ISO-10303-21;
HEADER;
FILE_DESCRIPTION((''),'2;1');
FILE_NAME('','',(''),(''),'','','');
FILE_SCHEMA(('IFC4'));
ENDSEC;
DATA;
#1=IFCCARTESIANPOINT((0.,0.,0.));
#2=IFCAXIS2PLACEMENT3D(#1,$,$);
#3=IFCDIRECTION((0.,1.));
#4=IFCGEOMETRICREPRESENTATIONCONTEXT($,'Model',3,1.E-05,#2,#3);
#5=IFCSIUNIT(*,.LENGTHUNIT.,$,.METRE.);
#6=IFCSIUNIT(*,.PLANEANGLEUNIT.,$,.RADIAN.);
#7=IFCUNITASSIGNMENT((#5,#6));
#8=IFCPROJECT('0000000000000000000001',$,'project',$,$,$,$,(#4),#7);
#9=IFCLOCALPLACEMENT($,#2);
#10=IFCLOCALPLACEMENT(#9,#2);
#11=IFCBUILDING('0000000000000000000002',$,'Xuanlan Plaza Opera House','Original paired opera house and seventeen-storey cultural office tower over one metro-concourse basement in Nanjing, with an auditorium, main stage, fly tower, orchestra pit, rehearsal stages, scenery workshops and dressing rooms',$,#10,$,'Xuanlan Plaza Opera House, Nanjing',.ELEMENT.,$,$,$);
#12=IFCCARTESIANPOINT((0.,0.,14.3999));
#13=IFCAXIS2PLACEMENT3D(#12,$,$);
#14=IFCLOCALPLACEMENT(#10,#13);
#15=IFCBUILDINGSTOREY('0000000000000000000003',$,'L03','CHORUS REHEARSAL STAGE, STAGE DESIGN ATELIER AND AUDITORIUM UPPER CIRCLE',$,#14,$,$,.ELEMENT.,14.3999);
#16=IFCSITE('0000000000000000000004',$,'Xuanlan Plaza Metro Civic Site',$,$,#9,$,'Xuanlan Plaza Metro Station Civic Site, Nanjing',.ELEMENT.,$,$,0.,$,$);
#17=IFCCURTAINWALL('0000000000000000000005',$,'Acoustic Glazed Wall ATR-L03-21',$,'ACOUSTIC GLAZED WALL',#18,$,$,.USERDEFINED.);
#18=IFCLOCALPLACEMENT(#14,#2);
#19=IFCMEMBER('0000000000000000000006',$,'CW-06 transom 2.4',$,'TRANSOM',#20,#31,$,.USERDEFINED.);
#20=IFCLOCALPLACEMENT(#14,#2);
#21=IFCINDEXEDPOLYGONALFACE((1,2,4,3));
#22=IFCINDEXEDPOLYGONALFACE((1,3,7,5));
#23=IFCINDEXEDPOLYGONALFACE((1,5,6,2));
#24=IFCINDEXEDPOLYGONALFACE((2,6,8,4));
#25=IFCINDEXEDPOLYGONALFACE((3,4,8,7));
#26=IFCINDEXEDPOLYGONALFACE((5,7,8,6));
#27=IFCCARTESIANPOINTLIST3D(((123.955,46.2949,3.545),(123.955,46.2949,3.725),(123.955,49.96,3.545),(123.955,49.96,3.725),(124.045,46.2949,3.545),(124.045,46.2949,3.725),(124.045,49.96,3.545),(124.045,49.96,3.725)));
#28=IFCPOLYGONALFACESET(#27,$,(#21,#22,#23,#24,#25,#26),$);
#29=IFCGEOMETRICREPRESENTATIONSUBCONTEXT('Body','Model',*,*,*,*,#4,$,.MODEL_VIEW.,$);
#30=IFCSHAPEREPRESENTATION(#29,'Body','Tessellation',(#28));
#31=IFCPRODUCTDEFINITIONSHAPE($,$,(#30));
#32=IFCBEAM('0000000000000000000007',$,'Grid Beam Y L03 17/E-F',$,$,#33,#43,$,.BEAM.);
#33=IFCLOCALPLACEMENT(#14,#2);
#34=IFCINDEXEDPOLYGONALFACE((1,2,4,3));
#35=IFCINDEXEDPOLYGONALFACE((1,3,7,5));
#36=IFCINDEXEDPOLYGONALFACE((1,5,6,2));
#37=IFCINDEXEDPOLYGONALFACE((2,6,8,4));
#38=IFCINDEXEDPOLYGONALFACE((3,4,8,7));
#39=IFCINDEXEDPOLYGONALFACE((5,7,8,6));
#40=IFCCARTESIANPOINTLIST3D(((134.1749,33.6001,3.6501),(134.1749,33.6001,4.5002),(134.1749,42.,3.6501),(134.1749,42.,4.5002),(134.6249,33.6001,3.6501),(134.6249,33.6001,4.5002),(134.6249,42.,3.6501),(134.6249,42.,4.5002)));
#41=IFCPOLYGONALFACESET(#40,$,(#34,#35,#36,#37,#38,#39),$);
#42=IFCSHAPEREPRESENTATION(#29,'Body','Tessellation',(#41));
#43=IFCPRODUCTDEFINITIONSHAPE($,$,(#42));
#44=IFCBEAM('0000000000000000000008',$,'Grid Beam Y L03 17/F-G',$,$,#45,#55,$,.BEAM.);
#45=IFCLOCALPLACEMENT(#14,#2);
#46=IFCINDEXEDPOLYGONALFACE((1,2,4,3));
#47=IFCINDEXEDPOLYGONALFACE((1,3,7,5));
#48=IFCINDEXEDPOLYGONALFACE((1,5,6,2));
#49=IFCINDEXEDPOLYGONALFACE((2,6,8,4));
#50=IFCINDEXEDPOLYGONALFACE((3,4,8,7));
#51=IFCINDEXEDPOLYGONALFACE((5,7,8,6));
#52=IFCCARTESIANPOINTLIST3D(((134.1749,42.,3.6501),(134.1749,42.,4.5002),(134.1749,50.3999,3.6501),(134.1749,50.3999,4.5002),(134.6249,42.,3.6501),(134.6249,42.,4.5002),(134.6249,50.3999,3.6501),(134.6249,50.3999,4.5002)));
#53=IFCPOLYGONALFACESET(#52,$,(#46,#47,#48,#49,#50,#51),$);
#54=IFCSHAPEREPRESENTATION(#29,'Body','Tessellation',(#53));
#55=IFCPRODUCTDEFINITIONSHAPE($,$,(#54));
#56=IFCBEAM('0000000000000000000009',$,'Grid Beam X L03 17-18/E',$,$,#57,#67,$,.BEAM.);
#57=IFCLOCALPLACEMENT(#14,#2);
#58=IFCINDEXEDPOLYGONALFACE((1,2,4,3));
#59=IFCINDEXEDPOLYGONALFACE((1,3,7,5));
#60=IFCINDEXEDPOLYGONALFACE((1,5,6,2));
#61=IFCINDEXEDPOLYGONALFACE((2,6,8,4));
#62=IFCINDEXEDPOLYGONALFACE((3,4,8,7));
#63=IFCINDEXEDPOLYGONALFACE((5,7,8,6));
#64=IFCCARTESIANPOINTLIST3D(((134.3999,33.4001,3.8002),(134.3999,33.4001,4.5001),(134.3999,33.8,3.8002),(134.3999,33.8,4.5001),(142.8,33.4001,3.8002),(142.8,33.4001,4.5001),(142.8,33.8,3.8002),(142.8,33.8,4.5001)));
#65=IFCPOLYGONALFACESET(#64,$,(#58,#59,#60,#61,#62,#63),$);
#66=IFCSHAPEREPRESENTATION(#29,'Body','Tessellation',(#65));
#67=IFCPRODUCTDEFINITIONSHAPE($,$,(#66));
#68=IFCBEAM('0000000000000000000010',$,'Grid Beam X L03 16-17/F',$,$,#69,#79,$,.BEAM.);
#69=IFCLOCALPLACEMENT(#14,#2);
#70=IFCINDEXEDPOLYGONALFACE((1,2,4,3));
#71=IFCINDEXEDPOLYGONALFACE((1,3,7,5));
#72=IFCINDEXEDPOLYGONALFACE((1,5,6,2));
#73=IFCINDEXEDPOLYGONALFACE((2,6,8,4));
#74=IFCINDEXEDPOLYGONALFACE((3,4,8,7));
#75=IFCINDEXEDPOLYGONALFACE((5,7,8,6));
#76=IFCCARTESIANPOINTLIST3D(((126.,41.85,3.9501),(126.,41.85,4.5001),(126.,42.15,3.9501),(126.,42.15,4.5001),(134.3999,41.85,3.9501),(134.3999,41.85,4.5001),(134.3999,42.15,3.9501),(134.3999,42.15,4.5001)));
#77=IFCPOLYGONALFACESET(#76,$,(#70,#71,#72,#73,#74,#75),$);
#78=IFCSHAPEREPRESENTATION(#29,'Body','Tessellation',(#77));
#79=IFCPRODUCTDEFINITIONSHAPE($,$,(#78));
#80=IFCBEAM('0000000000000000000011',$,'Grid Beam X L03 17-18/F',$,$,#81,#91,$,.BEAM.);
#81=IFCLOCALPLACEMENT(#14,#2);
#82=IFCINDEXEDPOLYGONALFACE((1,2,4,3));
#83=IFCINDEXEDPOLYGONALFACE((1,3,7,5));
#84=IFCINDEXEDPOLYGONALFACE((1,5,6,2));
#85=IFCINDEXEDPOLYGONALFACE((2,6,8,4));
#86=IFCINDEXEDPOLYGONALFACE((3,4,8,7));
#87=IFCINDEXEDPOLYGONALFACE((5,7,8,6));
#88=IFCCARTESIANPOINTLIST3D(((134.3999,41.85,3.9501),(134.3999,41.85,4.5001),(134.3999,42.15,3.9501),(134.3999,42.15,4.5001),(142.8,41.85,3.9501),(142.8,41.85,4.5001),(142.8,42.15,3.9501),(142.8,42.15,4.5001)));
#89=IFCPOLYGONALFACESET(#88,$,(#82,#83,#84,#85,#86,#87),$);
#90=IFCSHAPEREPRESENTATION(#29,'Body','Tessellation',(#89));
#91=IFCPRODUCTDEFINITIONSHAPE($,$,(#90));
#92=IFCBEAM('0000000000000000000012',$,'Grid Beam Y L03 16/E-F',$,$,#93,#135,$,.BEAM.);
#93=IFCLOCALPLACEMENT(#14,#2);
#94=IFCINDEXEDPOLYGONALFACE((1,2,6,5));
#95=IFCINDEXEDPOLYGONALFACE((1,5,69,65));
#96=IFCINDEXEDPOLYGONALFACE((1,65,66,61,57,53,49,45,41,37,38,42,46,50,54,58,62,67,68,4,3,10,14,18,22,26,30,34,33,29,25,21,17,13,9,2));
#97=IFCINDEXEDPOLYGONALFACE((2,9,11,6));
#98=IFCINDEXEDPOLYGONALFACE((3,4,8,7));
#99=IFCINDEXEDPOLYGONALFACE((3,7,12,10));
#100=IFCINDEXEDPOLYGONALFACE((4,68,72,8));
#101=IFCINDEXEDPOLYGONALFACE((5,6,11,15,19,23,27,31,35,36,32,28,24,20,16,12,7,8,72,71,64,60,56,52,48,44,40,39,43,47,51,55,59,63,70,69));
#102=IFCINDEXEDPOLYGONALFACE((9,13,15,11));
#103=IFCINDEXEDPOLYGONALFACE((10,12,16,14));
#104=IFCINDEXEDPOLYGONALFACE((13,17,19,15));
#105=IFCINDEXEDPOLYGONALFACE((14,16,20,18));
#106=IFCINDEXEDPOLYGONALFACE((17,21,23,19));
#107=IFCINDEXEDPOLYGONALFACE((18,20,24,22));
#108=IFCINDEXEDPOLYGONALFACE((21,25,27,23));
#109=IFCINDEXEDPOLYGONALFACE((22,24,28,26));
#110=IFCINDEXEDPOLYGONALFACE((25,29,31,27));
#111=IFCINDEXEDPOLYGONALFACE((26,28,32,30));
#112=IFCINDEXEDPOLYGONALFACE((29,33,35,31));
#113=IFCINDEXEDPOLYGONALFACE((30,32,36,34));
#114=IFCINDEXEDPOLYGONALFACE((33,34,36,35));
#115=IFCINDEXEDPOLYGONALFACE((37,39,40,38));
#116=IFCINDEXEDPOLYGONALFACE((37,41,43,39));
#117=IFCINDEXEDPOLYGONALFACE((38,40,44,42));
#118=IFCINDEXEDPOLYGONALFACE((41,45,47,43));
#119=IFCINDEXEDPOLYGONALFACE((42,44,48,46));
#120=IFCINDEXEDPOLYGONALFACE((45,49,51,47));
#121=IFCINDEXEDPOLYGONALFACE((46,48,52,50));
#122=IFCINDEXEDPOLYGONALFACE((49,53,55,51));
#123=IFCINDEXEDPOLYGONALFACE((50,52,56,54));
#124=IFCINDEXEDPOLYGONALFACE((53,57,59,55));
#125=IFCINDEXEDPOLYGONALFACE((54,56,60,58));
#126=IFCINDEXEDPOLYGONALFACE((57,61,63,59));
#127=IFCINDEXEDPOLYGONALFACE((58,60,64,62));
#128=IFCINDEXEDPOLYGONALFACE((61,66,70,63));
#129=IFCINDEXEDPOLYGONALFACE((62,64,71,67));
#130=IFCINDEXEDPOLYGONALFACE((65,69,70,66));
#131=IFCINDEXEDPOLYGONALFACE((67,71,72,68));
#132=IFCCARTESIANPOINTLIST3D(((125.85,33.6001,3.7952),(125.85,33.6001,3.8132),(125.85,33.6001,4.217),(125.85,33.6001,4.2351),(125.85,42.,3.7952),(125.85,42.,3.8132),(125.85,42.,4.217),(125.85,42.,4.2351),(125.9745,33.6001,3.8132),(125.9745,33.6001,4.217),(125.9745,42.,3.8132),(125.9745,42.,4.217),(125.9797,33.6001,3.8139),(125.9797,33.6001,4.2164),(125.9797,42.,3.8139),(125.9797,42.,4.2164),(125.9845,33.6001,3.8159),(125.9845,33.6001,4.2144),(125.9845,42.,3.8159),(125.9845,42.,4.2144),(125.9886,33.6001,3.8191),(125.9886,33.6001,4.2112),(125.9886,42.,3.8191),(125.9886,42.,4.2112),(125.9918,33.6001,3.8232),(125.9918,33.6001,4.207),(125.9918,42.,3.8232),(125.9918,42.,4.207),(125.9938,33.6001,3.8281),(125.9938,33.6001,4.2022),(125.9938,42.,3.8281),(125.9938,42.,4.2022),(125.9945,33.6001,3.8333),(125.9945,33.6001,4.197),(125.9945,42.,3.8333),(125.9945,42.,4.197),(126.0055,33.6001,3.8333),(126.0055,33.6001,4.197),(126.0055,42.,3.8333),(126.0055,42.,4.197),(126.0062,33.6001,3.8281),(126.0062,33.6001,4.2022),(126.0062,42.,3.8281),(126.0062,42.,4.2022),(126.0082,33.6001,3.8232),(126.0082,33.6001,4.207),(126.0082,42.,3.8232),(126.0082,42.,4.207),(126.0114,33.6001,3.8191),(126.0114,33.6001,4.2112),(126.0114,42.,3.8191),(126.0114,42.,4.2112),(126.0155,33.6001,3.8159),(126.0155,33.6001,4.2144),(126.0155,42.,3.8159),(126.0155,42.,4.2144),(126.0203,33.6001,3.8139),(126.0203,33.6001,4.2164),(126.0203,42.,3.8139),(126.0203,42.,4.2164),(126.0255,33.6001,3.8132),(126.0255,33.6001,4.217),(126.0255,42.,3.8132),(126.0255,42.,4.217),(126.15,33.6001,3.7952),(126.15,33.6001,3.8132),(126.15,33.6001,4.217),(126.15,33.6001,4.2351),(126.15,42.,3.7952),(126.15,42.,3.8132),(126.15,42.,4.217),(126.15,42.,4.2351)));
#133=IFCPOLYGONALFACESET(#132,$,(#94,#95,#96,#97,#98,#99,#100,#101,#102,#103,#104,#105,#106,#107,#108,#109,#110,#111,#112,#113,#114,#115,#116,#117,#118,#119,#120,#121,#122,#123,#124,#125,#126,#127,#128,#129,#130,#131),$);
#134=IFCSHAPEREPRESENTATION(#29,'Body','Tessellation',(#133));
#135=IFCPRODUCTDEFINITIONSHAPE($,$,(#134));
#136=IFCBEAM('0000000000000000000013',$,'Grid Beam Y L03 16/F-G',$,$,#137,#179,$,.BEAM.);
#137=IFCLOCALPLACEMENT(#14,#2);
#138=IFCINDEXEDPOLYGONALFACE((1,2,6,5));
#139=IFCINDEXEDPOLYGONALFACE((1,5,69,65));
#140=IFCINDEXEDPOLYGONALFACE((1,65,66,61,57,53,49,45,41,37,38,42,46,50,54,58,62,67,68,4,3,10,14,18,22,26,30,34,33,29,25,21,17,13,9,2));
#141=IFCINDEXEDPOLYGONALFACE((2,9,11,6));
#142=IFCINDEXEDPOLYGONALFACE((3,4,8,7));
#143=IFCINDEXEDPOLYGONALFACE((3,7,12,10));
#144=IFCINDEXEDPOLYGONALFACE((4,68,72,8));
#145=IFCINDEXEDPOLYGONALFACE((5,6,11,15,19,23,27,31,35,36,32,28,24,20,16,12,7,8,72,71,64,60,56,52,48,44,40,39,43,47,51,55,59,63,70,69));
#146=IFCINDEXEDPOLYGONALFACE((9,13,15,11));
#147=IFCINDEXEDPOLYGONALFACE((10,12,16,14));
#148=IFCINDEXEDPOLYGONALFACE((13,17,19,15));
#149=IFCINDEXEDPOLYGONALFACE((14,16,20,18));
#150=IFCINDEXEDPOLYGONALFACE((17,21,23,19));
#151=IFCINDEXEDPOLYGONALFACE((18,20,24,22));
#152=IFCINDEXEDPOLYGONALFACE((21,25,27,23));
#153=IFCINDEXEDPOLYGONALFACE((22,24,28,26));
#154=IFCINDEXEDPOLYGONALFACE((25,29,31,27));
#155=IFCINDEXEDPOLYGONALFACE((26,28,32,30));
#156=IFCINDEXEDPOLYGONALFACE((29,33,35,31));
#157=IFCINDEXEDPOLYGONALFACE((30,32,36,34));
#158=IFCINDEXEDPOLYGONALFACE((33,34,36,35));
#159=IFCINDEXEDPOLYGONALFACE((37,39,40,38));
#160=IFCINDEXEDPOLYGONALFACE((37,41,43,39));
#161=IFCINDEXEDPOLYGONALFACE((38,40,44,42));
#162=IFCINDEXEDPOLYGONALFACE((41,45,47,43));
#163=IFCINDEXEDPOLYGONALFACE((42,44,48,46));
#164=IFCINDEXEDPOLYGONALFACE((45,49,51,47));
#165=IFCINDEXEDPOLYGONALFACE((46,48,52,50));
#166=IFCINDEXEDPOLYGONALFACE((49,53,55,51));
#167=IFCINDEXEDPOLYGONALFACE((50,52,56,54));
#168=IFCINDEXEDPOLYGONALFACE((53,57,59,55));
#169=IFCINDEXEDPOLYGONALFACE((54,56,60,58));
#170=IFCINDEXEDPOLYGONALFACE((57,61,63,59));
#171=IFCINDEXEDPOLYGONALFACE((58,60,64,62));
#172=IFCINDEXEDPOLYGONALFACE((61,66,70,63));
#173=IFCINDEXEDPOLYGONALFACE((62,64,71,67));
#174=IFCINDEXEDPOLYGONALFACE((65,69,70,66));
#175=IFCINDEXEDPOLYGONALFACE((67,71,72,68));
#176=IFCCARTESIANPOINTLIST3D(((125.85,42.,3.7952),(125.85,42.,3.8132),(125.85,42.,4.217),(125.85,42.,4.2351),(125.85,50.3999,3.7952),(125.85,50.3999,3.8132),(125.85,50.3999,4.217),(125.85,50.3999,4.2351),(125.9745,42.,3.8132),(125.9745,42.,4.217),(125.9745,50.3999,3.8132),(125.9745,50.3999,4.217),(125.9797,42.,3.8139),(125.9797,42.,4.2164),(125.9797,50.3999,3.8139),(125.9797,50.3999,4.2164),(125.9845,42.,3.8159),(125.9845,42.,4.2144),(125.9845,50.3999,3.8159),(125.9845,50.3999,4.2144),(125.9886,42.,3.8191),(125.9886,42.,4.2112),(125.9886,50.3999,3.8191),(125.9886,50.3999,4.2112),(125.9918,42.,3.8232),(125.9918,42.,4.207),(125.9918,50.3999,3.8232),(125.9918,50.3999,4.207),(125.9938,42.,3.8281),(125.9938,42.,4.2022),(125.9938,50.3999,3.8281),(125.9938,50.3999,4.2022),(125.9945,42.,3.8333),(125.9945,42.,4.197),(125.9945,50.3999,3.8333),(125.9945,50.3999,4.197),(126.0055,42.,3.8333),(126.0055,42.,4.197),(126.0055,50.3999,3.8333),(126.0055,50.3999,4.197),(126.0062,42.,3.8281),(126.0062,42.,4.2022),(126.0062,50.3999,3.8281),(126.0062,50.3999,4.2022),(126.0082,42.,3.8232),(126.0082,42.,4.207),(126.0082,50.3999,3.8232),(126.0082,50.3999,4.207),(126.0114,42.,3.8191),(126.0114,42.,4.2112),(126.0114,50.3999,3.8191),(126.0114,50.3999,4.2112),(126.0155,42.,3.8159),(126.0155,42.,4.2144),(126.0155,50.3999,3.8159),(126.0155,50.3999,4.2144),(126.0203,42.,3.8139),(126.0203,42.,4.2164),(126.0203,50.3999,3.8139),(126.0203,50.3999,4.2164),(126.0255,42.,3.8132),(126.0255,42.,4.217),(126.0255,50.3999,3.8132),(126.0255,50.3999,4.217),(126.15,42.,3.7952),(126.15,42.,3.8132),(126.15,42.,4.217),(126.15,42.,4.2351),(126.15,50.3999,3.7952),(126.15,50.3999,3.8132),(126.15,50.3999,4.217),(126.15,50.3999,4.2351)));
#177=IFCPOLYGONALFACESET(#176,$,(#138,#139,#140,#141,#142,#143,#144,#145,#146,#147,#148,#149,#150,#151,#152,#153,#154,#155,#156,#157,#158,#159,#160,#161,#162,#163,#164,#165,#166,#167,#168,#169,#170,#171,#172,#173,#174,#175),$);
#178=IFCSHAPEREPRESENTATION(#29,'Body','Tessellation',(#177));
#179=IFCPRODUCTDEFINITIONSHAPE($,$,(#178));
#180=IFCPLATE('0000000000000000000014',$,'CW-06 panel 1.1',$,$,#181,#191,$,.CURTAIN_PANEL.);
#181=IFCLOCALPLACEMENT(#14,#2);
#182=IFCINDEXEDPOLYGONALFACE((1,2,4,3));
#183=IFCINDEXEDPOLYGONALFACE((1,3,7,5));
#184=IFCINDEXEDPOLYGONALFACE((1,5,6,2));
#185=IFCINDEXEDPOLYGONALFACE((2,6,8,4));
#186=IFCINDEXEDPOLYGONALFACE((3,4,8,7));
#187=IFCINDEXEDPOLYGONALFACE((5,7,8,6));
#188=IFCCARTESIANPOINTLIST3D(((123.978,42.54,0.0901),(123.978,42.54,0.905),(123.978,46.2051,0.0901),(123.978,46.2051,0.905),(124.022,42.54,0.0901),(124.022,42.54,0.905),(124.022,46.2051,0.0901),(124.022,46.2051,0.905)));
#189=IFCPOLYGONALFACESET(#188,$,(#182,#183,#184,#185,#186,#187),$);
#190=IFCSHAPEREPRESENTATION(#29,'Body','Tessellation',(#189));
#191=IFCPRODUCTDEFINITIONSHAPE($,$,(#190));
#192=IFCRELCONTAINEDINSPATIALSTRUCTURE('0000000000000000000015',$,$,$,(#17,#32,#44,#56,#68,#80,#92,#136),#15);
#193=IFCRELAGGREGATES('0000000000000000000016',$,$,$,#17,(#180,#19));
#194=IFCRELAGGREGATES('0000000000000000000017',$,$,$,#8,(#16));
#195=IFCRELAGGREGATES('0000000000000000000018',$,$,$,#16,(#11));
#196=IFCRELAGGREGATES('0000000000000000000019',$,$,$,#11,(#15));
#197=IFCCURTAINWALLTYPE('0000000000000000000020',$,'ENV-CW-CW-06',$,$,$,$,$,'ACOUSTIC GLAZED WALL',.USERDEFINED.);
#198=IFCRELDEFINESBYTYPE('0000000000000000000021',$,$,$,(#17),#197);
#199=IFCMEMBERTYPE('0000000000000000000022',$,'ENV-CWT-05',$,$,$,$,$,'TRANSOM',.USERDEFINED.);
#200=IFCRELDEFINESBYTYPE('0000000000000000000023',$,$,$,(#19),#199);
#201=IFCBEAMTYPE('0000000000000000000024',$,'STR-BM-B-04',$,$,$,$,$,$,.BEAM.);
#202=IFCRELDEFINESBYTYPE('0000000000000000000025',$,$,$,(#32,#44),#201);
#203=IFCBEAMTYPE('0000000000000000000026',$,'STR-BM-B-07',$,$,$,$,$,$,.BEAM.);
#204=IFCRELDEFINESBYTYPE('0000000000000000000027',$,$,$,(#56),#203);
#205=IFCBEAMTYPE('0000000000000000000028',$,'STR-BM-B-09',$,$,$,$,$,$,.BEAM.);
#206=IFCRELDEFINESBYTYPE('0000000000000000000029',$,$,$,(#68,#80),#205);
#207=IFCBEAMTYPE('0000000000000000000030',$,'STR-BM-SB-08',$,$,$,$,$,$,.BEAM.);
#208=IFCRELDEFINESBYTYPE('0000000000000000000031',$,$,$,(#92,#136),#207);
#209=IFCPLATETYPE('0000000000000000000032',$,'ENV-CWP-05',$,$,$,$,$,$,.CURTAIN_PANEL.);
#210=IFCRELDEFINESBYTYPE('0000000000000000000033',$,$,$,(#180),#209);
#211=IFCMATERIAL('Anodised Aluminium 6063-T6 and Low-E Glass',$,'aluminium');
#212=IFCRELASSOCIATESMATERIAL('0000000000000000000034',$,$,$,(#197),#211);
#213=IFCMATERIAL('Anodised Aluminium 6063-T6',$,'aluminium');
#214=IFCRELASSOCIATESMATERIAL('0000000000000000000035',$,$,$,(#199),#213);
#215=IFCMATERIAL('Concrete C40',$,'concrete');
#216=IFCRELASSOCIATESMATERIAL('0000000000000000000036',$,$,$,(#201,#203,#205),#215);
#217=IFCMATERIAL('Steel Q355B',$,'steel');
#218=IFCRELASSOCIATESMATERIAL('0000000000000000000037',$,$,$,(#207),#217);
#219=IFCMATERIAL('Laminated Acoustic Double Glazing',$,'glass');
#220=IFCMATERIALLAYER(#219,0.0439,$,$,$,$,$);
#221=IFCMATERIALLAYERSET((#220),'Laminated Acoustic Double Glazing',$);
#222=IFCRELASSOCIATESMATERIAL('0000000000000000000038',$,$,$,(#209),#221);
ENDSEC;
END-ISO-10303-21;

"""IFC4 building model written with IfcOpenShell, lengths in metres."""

from ifc_helpers import new_model, si_unit, direction, frame, origin, origin_2d, place, context, subcontext, project, spatial, rectangle, i_section, extrude, material, layer, layer_set, material_profile, profile_set, type_object, element, aggregate, save


model = new_model("IFC4")

# Units and contexts
model_context = context("Model", 3, precision=1e-05, world=origin(), true_north=direction((0.0, 1.0)))
body_context = subcontext(model_context, "Body", "Model", "MODEL_VIEW")
ifc_project = project(units=[si_unit("LENGTHUNIT", "METRE"), si_unit("PLANEANGLEUNIT", "RADIAN")], contexts=[model_context])

# Site, building, storey
site_placement = place(None, origin())
site = spatial("IfcSite", under=ifc_project, at=site_placement, Name="Xuanlan Plaza Metro Civic Site", LongName="Xuanlan Plaza Metro Station Civic Site, Nanjing", CompositionType="ELEMENT", RefElevation=0.0)
building_placement = place(site_placement, origin())
building = spatial("IfcBuilding", under=site, at=building_placement, Name="Xuanlan Plaza Opera House", Description="Original paired opera house and seventeen-storey cultural office tower over one metro-concourse basement in Nanjing, with an auditorium, main stage, fly tower, orchestra pit, rehearsal stages, scenery workshops and dressing rooms", LongName="Xuanlan Plaza Opera House, Nanjing", CompositionType="ELEMENT")
storey_placement = place(building_placement, frame((0.0, 0.0, 14.3999)))
storey = spatial("IfcBuildingStorey", under=building, at=storey_placement, Name="L03", Description="CHORUS REHEARSAL STAGE, STAGE DESIGN ATELIER AND AUDITORIUM UPPER CIRCLE", CompositionType="ELEMENT", Elevation=14.3999)

# Shared definitions
ifc_material_1 = material(Name="Steel Q355B", Category="steel")

# Curtain wall, member
ifc_material_2 = material(Name="Anodised Aluminium 6063-T6 and Low-E Glass", Category="aluminium")
curtain_wall_type = type_object("IfcCurtainWallType", Name="ENV-CW-CW-06", ElementType="ACOUSTIC GLAZED WALL", PredefinedType="USERDEFINED", material=ifc_material_2)
curtain_wall_placement = place(storey_placement, origin())
curtain_wall = element("IfcCurtainWall", 1, at=curtain_wall_placement, inside=storey, type_object=curtain_wall_type, Name="Acoustic Glazed Wall ATR-L03-21", ObjectType="ACOUSTIC GLAZED WALL", PredefinedType="USERDEFINED")
ifc_material_3 = material(Name="Anodised Aluminium 6063-T6", Category="aluminium")
ifc_material_profile_1 = material_profile(ifc_material_3, rectangle(XDim=0.0901, YDim=0.1799, at=origin_2d()), Name="ALU-T 90x180")
ifc_profile_set_1 = profile_set([ifc_material_profile_1], Name="Anodised Aluminium 6063-T6")
member_type_1 = type_object("IfcMemberType", Name="ENV-CWT-05", ElementType="TRANSOM", PredefinedType="USERDEFINED", material=ifc_profile_set_1)
member_1_placement = place(storey_placement, frame((124.0, 46.2949, 3.635), z_axis=(0.0, 1.0, 0.0), x_axis=(-1.0, 0.0, 0.0)))
member_1 = element("IfcMember", 2, at=member_1_placement, type_object=member_type_1, Name="CW-06 transom 2.4", ObjectType="TRANSOM", PredefinedType="USERDEFINED", context=body_context, shape_type="SweptSolid", body=[
    extrude(rectangle(XDim=0.0901, YDim=0.1799, at=origin_2d()), origin(), (0.0, 0.0, 1.0), 3.665),
])

# Beams
ifc_material_4 = material(Name="Concrete C40", Category="concrete")
ifc_material_profile_2 = material_profile(ifc_material_4, rectangle(XDim=0.45, YDim=0.8501, at=origin_2d()), Name="RC-BM 450x850")
ifc_profile_set_2 = profile_set([ifc_material_profile_2], Name="Concrete C40")
beam_type_1 = type_object("IfcBeamType", Name="STR-BM-B-04", PredefinedType="BEAM", material=ifc_profile_set_2)
for number, where, z_axis, x_axis, name in (
    (3, (134.3999, 33.6001, 4.0752), (0.0, 1.0, 0.0), (-1.0, 0.0, 0.0), "Grid Beam Y L03 17/E-F"),
    (4, (134.3999, 42.0, 4.0752), (0.0, 1.0, 0.0), (-1.0, 0.0, 0.0), "Grid Beam Y L03 17/F-G"),
):
    element("IfcBeam", number, at=place(storey_placement, frame(where, z_axis=z_axis, x_axis=x_axis)), inside=storey, type_object=beam_type_1, Name=name, PredefinedType="BEAM", context=body_context, shape_type="SweptSolid", body=[
        extrude(rectangle(XDim=0.45, YDim=0.8501, at=origin_2d()), origin(), (0.0, 0.0, 1.0), 8.3999),
    ])
ifc_material_profile_3 = material_profile(ifc_material_4, rectangle(XDim=0.3999, YDim=0.7, at=origin_2d()), Name="RC-BM 400x700")
ifc_profile_set_3 = profile_set([ifc_material_profile_3], Name="Concrete C40")
beam_type_2 = type_object("IfcBeamType", Name="STR-BM-B-07", PredefinedType="BEAM", material=ifc_profile_set_3)
beam_1_placement = place(storey_placement, frame((134.3999, 33.6001, 4.1501), z_axis=(1.0, 0.0, 0.0), x_axis=(0.0, 1.0, 0.0)))
element("IfcBeam", 5, at=beam_1_placement, inside=storey, type_object=beam_type_2, Name="Grid Beam X L03 17-18/E", PredefinedType="BEAM", context=body_context, shape_type="SweptSolid", body=[
    extrude(rectangle(XDim=0.3999, YDim=0.7, at=origin_2d()), origin(), (0.0, 0.0, 1.0), 8.4001),
])
ifc_material_profile_4 = material_profile(ifc_material_4, rectangle(XDim=0.3, YDim=0.55, at=origin_2d()), Name="RC-BM 300x550")
ifc_profile_set_4 = profile_set([ifc_material_profile_4], Name="Concrete C40")
beam_type_3 = type_object("IfcBeamType", Name="STR-BM-B-09", PredefinedType="BEAM", material=ifc_profile_set_4)
beam_2_placement = place(storey_placement, frame((126.0, 42.0, 4.2251), z_axis=(1.0, 0.0, 0.0), x_axis=(0.0, 1.0, 0.0)))
element("IfcBeam", 6, at=beam_2_placement, inside=storey, type_object=beam_type_3, Name="Grid Beam X L03 16-17/F", PredefinedType="BEAM", context=body_context, shape_type="SweptSolid", body=[
    extrude(rectangle(XDim=0.3, YDim=0.55, at=origin_2d()), origin(), (0.0, 0.0, 1.0), 8.3999),
])
beam_3_placement = place(storey_placement, frame((134.3999, 42.0, 4.2251), z_axis=(1.0, 0.0, 0.0), x_axis=(0.0, 1.0, 0.0)))
element("IfcBeam", 7, at=beam_3_placement, inside=storey, type_object=beam_type_3, Name="Grid Beam X L03 17-18/F", PredefinedType="BEAM", context=body_context, shape_type="SweptSolid", body=[
    extrude(rectangle(XDim=0.3, YDim=0.55, at=origin_2d()), origin(), (0.0, 0.0, 1.0), 8.4001),
])
ifc_material_profile_5 = material_profile(ifc_material_1, i_section(OverallWidth=0.3, OverallDepth=0.4399, WebThickness=0.011, FlangeThickness=0.0181, FilletRadius=0.02, at=origin_2d()), Name="HM 440x300x11x18")
ifc_profile_set_5 = profile_set([ifc_material_profile_5], Name="Steel Q355B")
beam_type_4 = type_object("IfcBeamType", Name="STR-BM-SB-08", PredefinedType="BEAM", material=ifc_profile_set_5)
for number, where, z_axis, x_axis, name in (
    (8, (126.0, 33.6001, 4.0151), (0.0, 1.0, 0.0), (-1.0, 0.0, 0.0), "Grid Beam Y L03 16/E-F"),
    (9, (126.0, 42.0, 4.0151), (0.0, 1.0, 0.0), (-1.0, 0.0, 0.0), "Grid Beam Y L03 16/F-G"),
):
    element("IfcBeam", number, at=place(storey_placement, frame(where, z_axis=z_axis, x_axis=x_axis)), inside=storey, type_object=beam_type_4, Name=name, PredefinedType="BEAM", context=body_context, shape_type="SweptSolid", body=[
        extrude(i_section(OverallWidth=0.3, OverallDepth=0.4399, WebThickness=0.011, FlangeThickness=0.0181, FilletRadius=0.02, at=origin_2d()), origin(), (0.0, 0.0, 1.0), 8.3999),
    ])

# Plate
ifc_material_5 = material(Name="Laminated Acoustic Double Glazing", Category="glass")
ifc_layer_1 = layer(ifc_material_5, 0.0439)
ifc_layer_set_1 = layer_set([ifc_layer_1], Name="Laminated Acoustic Double Glazing")
plate_type = type_object("IfcPlateType", Name="ENV-CWP-05", PredefinedType="CURTAIN_PANEL", material=ifc_layer_set_1)
plate_1_placement = place(storey_placement, frame((124.0, 44.3726, 0.0901), z_axis=(0.0, 0.0, 1.0), x_axis=(0.0, 1.0, 0.0)))
plate_1 = element("IfcPlate", 10, at=plate_1_placement, type_object=plate_type, Name="CW-06 panel 1.1", PredefinedType="CURTAIN_PANEL", context=body_context, shape_type="SweptSolid", body=[
    extrude(rectangle(XDim=3.665, YDim=0.0439, at=origin_2d()), origin(), (0.0, 0.0, 1.0), 0.8149),
])
aggregate(curtain_wall, [plate_1, member_1])

save(model, "model.ifc")
